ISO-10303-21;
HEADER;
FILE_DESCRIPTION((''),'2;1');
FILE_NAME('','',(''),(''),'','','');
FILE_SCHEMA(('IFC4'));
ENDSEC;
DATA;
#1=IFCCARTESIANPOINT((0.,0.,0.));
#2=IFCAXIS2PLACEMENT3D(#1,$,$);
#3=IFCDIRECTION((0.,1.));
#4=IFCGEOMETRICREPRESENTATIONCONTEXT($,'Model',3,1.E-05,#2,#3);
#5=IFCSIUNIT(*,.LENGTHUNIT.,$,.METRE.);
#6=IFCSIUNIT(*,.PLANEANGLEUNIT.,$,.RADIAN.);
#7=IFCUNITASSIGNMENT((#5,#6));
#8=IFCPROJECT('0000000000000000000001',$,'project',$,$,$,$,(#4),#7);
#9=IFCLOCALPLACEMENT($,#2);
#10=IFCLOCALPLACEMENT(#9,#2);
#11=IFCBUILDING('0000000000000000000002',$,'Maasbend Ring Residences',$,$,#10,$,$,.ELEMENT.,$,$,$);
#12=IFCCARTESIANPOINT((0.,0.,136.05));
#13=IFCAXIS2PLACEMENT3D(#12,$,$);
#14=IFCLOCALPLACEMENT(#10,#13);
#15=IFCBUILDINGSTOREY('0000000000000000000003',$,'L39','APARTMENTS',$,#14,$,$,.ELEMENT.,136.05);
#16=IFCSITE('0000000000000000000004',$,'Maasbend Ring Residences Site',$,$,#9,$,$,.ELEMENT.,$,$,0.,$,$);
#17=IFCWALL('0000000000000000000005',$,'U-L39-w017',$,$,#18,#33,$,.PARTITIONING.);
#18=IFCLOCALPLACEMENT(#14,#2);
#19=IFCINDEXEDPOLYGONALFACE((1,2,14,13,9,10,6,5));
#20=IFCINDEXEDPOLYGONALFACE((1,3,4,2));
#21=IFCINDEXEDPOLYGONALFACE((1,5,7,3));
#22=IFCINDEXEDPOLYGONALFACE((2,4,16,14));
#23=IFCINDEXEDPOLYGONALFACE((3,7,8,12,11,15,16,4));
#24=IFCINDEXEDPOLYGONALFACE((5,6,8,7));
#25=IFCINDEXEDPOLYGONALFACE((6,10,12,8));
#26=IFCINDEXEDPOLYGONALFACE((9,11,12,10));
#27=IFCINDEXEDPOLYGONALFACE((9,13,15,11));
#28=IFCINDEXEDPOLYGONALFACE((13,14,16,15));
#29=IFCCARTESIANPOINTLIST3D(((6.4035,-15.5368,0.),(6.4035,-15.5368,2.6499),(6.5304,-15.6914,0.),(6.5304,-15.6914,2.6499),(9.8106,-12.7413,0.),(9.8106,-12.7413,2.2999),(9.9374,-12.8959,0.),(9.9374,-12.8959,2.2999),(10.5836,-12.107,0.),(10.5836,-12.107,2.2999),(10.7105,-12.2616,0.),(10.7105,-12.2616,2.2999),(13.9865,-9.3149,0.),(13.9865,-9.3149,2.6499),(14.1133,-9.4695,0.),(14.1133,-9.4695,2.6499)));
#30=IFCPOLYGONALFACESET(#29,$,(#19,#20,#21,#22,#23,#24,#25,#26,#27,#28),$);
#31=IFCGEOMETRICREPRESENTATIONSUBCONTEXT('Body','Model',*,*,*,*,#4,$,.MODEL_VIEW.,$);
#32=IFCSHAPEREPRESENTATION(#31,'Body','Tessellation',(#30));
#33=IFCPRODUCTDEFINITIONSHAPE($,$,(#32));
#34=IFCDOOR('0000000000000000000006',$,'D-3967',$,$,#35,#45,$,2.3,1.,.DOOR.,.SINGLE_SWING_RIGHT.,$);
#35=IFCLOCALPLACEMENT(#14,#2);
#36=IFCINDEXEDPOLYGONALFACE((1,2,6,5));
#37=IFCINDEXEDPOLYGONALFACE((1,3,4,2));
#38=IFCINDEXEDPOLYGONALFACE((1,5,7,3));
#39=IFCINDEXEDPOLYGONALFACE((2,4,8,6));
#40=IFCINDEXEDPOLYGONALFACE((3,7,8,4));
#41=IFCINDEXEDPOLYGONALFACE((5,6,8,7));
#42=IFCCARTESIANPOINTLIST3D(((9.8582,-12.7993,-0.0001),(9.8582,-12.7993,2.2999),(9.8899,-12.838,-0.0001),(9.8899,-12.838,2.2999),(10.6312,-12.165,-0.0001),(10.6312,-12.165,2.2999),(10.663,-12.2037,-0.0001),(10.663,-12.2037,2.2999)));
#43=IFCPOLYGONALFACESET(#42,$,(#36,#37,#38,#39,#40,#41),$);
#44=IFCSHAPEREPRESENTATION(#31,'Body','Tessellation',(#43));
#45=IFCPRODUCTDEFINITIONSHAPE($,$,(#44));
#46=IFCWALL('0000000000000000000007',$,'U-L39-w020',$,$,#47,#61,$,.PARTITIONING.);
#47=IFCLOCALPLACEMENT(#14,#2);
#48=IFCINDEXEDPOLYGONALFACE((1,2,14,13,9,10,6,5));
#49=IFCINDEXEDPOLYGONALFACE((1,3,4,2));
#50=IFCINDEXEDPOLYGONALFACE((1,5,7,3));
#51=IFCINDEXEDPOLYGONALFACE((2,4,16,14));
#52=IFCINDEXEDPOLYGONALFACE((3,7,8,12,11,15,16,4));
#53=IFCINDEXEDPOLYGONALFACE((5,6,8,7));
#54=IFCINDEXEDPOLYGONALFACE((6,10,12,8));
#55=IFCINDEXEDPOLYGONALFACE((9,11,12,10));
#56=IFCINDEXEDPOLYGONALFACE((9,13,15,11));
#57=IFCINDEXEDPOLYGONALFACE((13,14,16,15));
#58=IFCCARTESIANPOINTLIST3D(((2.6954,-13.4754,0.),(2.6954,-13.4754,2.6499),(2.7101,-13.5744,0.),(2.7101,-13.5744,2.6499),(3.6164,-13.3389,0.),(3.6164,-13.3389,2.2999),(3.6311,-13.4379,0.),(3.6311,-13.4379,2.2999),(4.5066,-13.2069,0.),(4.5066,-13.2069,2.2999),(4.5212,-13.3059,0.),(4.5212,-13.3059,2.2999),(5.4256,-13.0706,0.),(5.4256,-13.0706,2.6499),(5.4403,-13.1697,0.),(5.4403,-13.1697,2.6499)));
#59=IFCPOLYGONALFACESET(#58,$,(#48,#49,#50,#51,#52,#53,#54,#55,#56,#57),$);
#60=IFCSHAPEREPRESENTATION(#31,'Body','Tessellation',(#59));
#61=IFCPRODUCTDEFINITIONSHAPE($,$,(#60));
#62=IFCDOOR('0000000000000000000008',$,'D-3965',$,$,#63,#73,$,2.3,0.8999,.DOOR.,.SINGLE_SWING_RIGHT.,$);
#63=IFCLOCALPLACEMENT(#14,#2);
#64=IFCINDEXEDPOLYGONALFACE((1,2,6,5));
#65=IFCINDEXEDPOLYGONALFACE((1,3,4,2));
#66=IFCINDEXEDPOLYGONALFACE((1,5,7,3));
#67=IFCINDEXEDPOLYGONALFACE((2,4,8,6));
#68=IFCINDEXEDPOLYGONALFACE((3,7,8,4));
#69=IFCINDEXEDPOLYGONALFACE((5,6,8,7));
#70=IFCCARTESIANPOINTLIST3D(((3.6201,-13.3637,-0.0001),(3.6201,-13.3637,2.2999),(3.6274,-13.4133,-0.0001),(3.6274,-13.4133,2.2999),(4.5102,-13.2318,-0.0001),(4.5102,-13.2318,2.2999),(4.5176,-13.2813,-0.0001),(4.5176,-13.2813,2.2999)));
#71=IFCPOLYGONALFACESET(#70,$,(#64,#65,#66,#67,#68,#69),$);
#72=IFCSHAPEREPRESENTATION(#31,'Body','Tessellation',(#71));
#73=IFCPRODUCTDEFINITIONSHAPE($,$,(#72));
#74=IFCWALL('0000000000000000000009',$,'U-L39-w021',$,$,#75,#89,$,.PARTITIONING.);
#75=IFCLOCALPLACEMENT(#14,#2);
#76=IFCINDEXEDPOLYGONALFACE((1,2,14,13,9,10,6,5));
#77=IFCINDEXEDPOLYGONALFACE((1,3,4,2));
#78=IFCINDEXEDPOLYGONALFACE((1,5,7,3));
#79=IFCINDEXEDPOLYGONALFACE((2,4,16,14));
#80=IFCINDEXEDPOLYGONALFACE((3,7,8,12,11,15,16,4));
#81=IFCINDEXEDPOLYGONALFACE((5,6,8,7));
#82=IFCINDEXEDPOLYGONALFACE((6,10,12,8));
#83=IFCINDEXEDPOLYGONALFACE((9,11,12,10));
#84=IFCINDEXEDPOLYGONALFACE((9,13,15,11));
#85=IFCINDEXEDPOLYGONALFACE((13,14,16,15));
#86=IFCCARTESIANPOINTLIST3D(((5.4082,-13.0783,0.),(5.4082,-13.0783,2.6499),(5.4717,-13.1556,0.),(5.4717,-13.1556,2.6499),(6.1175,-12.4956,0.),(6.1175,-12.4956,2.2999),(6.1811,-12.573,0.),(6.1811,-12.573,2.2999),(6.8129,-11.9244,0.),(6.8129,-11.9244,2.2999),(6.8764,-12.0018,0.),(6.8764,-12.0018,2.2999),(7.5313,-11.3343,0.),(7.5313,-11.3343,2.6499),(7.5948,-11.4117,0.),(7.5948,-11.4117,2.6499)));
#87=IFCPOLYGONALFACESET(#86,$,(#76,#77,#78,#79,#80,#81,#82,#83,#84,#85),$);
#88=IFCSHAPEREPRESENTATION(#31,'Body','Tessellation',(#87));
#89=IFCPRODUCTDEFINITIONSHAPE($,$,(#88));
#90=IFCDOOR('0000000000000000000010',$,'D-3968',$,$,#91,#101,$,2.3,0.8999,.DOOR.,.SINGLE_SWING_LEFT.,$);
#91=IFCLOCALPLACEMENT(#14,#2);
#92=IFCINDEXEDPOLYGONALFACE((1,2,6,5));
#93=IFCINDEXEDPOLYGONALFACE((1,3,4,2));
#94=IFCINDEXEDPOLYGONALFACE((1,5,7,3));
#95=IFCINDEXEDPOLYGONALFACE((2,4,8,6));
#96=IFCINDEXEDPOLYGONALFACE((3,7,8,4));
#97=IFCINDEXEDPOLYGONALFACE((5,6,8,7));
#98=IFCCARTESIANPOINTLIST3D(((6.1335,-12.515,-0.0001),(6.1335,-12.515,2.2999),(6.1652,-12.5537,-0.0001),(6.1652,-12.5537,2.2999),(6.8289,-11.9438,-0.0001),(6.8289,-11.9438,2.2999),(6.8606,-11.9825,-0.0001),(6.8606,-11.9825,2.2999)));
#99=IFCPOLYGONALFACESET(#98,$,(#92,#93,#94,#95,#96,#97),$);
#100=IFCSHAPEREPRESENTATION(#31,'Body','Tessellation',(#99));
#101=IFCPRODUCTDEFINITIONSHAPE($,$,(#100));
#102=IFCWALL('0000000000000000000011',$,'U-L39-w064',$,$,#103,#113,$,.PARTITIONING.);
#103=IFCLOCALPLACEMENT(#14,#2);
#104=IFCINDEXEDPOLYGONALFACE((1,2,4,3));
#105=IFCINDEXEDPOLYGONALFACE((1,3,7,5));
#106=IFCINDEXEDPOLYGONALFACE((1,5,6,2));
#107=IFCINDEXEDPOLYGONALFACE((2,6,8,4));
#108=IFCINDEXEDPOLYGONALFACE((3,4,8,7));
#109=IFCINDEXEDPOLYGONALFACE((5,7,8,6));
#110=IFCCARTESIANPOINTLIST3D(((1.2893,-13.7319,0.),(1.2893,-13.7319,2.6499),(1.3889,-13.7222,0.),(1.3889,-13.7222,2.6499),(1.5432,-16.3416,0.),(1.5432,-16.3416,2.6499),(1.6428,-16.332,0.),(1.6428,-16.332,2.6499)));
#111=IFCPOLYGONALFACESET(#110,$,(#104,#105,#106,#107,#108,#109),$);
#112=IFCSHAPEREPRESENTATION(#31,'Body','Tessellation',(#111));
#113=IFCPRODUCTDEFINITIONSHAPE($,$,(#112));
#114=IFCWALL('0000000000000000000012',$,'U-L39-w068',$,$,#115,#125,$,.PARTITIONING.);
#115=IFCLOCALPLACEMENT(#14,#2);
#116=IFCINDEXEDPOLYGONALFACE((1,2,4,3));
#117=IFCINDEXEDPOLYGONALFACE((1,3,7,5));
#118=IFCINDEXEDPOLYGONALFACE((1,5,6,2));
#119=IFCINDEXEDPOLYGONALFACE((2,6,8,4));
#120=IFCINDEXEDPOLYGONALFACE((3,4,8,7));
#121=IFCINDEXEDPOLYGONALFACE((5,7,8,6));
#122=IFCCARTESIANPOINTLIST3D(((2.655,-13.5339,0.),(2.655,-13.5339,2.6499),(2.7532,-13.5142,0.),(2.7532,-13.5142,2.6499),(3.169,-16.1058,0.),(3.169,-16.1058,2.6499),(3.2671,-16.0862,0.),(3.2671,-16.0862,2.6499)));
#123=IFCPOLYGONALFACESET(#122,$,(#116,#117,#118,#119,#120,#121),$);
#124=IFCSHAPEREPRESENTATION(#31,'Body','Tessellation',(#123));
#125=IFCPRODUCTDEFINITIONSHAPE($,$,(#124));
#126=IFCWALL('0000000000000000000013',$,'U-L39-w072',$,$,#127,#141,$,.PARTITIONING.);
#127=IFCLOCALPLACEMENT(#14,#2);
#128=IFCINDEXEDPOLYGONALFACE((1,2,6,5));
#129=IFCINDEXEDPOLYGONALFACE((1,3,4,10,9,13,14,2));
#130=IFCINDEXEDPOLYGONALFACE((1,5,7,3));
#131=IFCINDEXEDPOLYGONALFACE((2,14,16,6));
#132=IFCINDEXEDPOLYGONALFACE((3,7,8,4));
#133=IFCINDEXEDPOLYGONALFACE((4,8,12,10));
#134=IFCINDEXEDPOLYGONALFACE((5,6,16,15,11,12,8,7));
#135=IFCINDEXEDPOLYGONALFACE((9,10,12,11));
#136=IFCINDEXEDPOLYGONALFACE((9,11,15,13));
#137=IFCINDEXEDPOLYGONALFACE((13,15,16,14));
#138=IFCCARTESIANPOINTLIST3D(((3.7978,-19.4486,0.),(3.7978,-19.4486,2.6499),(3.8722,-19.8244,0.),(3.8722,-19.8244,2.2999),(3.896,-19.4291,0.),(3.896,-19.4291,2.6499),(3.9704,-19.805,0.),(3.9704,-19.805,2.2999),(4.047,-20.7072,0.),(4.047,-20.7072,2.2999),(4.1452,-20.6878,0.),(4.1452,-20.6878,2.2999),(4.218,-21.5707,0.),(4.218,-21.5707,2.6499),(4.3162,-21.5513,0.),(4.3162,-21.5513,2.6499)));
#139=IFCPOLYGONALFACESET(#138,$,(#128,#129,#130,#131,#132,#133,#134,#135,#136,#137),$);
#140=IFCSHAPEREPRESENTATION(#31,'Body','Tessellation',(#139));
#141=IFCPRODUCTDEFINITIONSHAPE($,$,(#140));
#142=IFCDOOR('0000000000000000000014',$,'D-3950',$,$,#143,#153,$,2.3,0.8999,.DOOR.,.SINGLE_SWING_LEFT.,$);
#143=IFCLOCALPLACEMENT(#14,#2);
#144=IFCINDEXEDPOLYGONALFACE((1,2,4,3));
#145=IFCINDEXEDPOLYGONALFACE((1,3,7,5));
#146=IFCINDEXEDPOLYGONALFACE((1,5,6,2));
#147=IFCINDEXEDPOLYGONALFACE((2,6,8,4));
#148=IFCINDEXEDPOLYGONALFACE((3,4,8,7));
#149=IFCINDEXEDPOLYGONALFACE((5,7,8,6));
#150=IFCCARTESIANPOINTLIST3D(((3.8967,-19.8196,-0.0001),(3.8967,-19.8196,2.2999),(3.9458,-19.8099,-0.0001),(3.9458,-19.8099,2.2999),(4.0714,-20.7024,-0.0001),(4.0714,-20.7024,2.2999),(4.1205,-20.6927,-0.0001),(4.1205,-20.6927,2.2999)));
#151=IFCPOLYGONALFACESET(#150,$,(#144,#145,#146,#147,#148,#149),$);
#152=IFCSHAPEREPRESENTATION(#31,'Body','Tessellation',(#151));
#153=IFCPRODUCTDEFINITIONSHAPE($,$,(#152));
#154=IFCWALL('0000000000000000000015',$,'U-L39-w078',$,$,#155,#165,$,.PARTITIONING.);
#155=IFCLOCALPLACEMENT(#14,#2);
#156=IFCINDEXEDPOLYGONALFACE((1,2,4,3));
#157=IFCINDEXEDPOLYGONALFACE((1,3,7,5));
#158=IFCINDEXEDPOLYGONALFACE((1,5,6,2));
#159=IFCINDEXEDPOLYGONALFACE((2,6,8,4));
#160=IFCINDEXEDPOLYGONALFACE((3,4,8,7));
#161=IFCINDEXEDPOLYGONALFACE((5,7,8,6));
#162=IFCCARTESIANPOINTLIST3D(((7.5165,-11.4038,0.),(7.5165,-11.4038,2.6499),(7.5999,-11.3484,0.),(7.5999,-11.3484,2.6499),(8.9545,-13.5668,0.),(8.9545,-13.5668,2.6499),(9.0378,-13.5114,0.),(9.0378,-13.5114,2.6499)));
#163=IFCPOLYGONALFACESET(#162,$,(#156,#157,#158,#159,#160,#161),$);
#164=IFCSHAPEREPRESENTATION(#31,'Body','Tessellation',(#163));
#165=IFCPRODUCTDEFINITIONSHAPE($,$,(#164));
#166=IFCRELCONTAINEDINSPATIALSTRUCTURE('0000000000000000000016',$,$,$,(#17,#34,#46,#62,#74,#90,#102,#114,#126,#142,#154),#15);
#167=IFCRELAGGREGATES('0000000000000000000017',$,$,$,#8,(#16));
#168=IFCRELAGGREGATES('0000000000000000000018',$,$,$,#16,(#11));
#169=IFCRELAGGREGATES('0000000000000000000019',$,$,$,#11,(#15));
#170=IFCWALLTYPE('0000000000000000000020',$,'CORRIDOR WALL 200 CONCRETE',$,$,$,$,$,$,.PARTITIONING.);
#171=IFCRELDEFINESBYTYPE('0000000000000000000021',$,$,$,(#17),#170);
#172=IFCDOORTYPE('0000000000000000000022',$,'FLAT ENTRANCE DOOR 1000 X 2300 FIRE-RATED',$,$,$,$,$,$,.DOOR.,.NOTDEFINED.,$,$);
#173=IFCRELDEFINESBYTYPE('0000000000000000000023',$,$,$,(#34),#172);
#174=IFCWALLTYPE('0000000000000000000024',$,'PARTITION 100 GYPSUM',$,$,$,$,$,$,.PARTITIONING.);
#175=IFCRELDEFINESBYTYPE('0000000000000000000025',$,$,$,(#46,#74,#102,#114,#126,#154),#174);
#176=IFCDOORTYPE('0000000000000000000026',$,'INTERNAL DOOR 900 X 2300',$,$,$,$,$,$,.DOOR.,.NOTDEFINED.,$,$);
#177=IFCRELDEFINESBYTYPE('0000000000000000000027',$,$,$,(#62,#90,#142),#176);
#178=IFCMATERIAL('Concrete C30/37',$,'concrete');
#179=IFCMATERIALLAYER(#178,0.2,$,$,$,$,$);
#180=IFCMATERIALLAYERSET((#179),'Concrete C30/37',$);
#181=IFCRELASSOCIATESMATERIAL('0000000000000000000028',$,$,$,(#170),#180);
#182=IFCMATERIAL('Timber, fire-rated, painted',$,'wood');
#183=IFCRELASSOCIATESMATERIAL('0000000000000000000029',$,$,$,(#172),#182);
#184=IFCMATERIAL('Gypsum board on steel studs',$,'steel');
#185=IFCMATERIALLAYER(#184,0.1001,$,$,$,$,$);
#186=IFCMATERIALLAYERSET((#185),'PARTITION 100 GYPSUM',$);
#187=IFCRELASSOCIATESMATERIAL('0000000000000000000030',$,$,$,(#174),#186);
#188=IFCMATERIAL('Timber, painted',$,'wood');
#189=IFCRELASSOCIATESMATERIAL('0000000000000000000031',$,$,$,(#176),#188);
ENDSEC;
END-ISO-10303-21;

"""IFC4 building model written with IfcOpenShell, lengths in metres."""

from ifc_helpers import new_model, si_unit, direction, frame, frame_2d, origin, place, context, subcontext, project, spatial, rectangle, extrude, material, layer, layer_set, type_object, element, fill, save


model = new_model("IFC4")

# Units and contexts
model_context = context("Model", 3, precision=1e-05, world=origin(), true_north=direction((0.0, 1.0)))
body_context = subcontext(model_context, "Body", "Model", "MODEL_VIEW")
ifc_project = project(units=[si_unit("LENGTHUNIT", "METRE"), si_unit("PLANEANGLEUNIT", "RADIAN")], contexts=[model_context])

# Site, building, storey
site_placement = place(None, origin())
site = spatial("IfcSite", under=ifc_project, at=site_placement, Name="Maasbend Ring Residences Site", CompositionType="ELEMENT", RefElevation=0.0)
building_placement = place(site_placement, origin())
building = spatial("IfcBuilding", under=site, at=building_placement, Name="Maasbend Ring Residences", CompositionType="ELEMENT")
storey_placement = place(building_placement, frame((0.0, 0.0, 136.05)))
storey = spatial("IfcBuildingStorey", under=building, at=storey_placement, Name="L39", Description="APARTMENTS", CompositionType="ELEMENT", Elevation=136.05)

# Walls, openings, doors
ifc_material_1 = material(Name="Concrete C30/37", Category="concrete")
ifc_layer_1 = layer(ifc_material_1, 0.2)
ifc_layer_set_1 = layer_set([ifc_layer_1], Name="Concrete C30/37")
wall_type_1 = type_object("IfcWallType", Name="CORRIDOR WALL 200 CONCRETE", PredefinedType="PARTITIONING", material=ifc_layer_set_1)
ifc_material_2 = material(Name="Timber, fire-rated, painted", Category="wood")
door_type_1 = type_object("IfcDoorType", Name="FLAT ENTRANCE DOOR 1000 X 2300 FIRE-RATED", OperationType="NOTDEFINED", PredefinedType="DOOR", material=ifc_material_2)
wall_1_placement = place(storey_placement, frame((6.467, -15.614, 0.0), z_axis=(0.0, 0.0, 1.0), x_axis=(0.773075, 0.634315, 0.0)))
wall_1 = element("IfcWall", 1, at=wall_1_placement, inside=storey, type_object=wall_type_1, Name="U-L39-w017", PredefinedType="PARTITIONING", context=body_context, shape_type="SweptSolid", body=[
    extrude(rectangle(XDim=9.8088, YDim=0.2, at=frame_2d((4.9043, 0.0))), origin(), (0.0, 0.0, 1.0), 2.6499),
])
opening_1_placement = place(wall_1_placement, frame((4.407, 0.0, 0.0)))
opening_1 = element("IfcOpeningElement", 2, at=opening_1_placement, cuts=wall_1, PredefinedType="OPENING", context=body_context, shape_type="SweptSolid", body=[
    extrude(rectangle(XDim=1.0, YDim=2.3, at=frame_2d((0.5, 1.1499))), frame((0.0, 0.1099, 0.0), z_axis=(0.0, -1.0, 0.0), x_axis=(1.0, 0.0, 0.0)), (0.0, 0.0, 1.0), 0.22),
])
door_1_placement = place(opening_1_placement, origin())
door_1 = element("IfcDoor", 3, at=door_1_placement, inside=storey, type_object=door_type_1, Name="D-3967", OperationType="SINGLE_SWING_RIGHT", OverallHeight=2.3, OverallWidth=1.0, PredefinedType="DOOR", context=body_context, shape_type="SweptSolid", body=[
    extrude(rectangle(XDim=1.0, YDim=2.3, at=frame_2d((0.5, 1.1499))), frame((0.0, 0.0249, 0.0), z_axis=(0.0, -1.0, 0.0), x_axis=(1.0, 0.0, 0.0)), (0.0, 0.0, 1.0), 0.05),
])
fill(opening_1, door_1)
ifc_material_3 = material(Name="Gypsum board on steel studs", Category="steel")
ifc_layer_2 = layer(ifc_material_3, 0.1001)
ifc_layer_set_2 = layer_set([ifc_layer_2], Name="PARTITION 100 GYPSUM")
wall_type_2 = type_object("IfcWallType", Name="PARTITION 100 GYPSUM", PredefinedType="PARTITIONING", material=ifc_layer_set_2)
wall_2_placement = place(storey_placement, frame((2.7029, -13.5249, 0.0), z_axis=(0.0, 0.0, 1.0), x_axis=(0.989187, 0.146658, 0.0)))
wall_2 = element("IfcWall", 4, at=wall_2_placement, inside=storey, type_object=wall_type_2, Name="U-L39-w020", PredefinedType="PARTITIONING", context=body_context, shape_type="SweptSolid", body=[
    extrude(rectangle(XDim=2.76, YDim=0.1001, at=frame_2d((1.3799, 0.0))), origin(), (0.0, 0.0, 1.0), 2.6499),
])
opening_2_placement = place(wall_2_placement, frame((0.9309, 0.0, 0.0)))
opening_2 = element("IfcOpeningElement", 5, at=opening_2_placement, cuts=wall_2, PredefinedType="OPENING", context=body_context, shape_type="SweptSolid", body=[
    extrude(rectangle(XDim=0.8999, YDim=2.3, at=frame_2d((0.45, 1.1499))), frame((0.0, 0.0601, 0.0), z_axis=(0.0, -1.0, 0.0), x_axis=(1.0, 0.0, 0.0)), (0.0, 0.0, 1.0), 0.1201),
])
ifc_material_4 = material(Name="Timber, painted", Category="wood")
door_type_2 = type_object("IfcDoorType", Name="INTERNAL DOOR 900 X 2300", OperationType="NOTDEFINED", PredefinedType="DOOR", material=ifc_material_4)
door_2_placement = place(opening_2_placement, origin())
door_2 = element("IfcDoor", 6, at=door_2_placement, inside=storey, type_object=door_type_2, Name="D-3965", OperationType="SINGLE_SWING_RIGHT", OverallHeight=2.3, OverallWidth=0.8999, PredefinedType="DOOR", context=body_context, shape_type="SweptSolid", body=[
    extrude(rectangle(XDim=0.8999, YDim=2.3, at=frame_2d((0.45, 1.1499))), frame((0.0, 0.0249, 0.0), z_axis=(0.0, -1.0, 0.0), x_axis=(1.0, 0.0, 0.0)), (0.0, 0.0, 1.0), 0.05),
])
fill(opening_2, door_2)
wall_3_placement = place(storey_placement, frame((5.4399, -13.1169, 0.0), z_axis=(0.0, 0.0, 1.0), x_axis=(0.772732, 0.634732, 0.0)))
wall_3 = element("IfcWall", 7, at=wall_3_placement, inside=storey, type_object=wall_type_2, Name="U-L39-w021", PredefinedType="PARTITIONING", context=body_context, shape_type="SweptSolid", body=[
    extrude(rectangle(XDim=2.7476, YDim=0.1001, at=frame_2d((1.3738, 0.0))), origin(), (0.0, 0.0, 1.0), 2.6499),
])
opening_3_placement = place(wall_3_placement, frame((0.918, 0.0, 0.0)))
opening_3 = element("IfcOpeningElement", 8, at=opening_3_placement, cuts=wall_3, PredefinedType="OPENING", context=body_context, shape_type="SweptSolid", body=[
    extrude(rectangle(XDim=0.8999, YDim=2.3, at=frame_2d((0.45, 1.1499))), frame((0.0, 0.0601, 0.0), z_axis=(0.0, -1.0, 0.0), x_axis=(1.0, 0.0, 0.0)), (0.0, 0.0, 1.0), 0.1201),
])
door_3_placement = place(opening_3_placement, origin())
door_3 = element("IfcDoor", 9, at=door_3_placement, inside=storey, type_object=door_type_2, Name="D-3968", OperationType="SINGLE_SWING_LEFT", OverallHeight=2.3, OverallWidth=0.8999, PredefinedType="DOOR", context=body_context, shape_type="SweptSolid", body=[
    extrude(rectangle(XDim=0.8999, YDim=2.3, at=frame_2d((0.45, 1.1499))), frame((0.0, 0.0249, 0.0), z_axis=(0.0, -1.0, 0.0), x_axis=(1.0, 0.0, 0.0)), (0.0, 0.0, 1.0), 0.05),
])
fill(opening_3, door_3)

# Walls
wall_4_placement = place(storey_placement, frame((1.3391, -13.7271, 0.0), z_axis=(0.0, 0.0, 1.0), x_axis=(0.09683, -0.995301, 0.0)))
element("IfcWall", 10, at=wall_4_placement, inside=storey, type_object=wall_type_2, Name="U-L39-w064", PredefinedType="PARTITIONING", context=body_context, shape_type="SweptSolid", body=[
    extrude(rectangle(XDim=2.6221, YDim=0.1001, at=frame_2d((1.311, 0.0))), origin(), (0.0, 0.0, 1.0), 2.6499),
])
wall_5_placement = place(storey_placement, frame((2.7041, -13.5239, 0.0), z_axis=(0.0, 0.0, 1.0), x_axis=(0.195937, -0.980616, 0.0)))
element("IfcWall", 11, at=wall_5_placement, inside=storey, type_object=wall_type_2, Name="U-L39-w068", PredefinedType="PARTITIONING", context=body_context, shape_type="SweptSolid", body=[
    extrude(rectangle(XDim=2.6228, YDim=0.1001, at=frame_2d((1.3115, 0.0))), origin(), (0.0, 0.0, 1.0), 2.6499),
])

# Wall, opening, door
wall_6_placement = place(storey_placement, frame((3.8469, -19.439, 0.0), z_axis=(0.0, 0.0, 1.0), x_axis=(0.194228, -0.980956, 0.0)))
wall_6 = element("IfcWall", 12, at=wall_6_placement, inside=storey, type_object=wall_type_2, Name="U-L39-w072", PredefinedType="PARTITIONING", context=body_context, shape_type="SweptSolid", body=[
    extrude(rectangle(XDim=2.1633, YDim=0.1001, at=frame_2d((1.0815, 0.0))), origin(), (0.0, 0.0, 1.0), 2.6499),
])
opening_4_placement = place(wall_6_placement, frame((0.3831, 0.0, 0.0)))
opening_4 = element("IfcOpeningElement", 13, at=opening_4_placement, cuts=wall_6, PredefinedType="OPENING", context=body_context, shape_type="SweptSolid", body=[
    extrude(rectangle(XDim=0.8999, YDim=2.3, at=frame_2d((0.45, 1.1499))), frame((0.0, 0.0601, 0.0), z_axis=(0.0, -1.0, 0.0), x_axis=(1.0, 0.0, 0.0)), (0.0, 0.0, 1.0), 0.1201),
])
door_4_placement = place(opening_4_placement, origin())
door_4 = element("IfcDoor", 14, at=door_4_placement, inside=storey, type_object=door_type_2, Name="D-3950", OperationType="SINGLE_SWING_LEFT", OverallHeight=2.3, OverallWidth=0.8999, PredefinedType="DOOR", context=body_context, shape_type="SweptSolid", body=[
    extrude(rectangle(XDim=0.8999, YDim=2.3, at=frame_2d((0.45, 1.1499))), frame((0.0, 0.0249, 0.0), z_axis=(0.0, -1.0, 0.0), x_axis=(1.0, 0.0, 0.0)), (0.0, 0.0, 1.0), 0.05),
])
fill(opening_4, door_4)

# Wall
wall_7_placement = place(storey_placement, frame((7.5581, -11.376, 0.0), z_axis=(0.0, 0.0, 1.0), x_axis=(0.553615, -0.832773, 0.0)))
element("IfcWall", 15, at=wall_7_placement, inside=storey, type_object=wall_type_2, Name="U-L39-w078", PredefinedType="PARTITIONING", context=body_context, shape_type="SweptSolid", body=[
    extrude(rectangle(XDim=2.5974, YDim=0.1001, at=frame_2d((1.2988, 0.0))), origin(), (0.0, 0.0, 1.0), 2.6499),
])

save(model, "model.ifc")
